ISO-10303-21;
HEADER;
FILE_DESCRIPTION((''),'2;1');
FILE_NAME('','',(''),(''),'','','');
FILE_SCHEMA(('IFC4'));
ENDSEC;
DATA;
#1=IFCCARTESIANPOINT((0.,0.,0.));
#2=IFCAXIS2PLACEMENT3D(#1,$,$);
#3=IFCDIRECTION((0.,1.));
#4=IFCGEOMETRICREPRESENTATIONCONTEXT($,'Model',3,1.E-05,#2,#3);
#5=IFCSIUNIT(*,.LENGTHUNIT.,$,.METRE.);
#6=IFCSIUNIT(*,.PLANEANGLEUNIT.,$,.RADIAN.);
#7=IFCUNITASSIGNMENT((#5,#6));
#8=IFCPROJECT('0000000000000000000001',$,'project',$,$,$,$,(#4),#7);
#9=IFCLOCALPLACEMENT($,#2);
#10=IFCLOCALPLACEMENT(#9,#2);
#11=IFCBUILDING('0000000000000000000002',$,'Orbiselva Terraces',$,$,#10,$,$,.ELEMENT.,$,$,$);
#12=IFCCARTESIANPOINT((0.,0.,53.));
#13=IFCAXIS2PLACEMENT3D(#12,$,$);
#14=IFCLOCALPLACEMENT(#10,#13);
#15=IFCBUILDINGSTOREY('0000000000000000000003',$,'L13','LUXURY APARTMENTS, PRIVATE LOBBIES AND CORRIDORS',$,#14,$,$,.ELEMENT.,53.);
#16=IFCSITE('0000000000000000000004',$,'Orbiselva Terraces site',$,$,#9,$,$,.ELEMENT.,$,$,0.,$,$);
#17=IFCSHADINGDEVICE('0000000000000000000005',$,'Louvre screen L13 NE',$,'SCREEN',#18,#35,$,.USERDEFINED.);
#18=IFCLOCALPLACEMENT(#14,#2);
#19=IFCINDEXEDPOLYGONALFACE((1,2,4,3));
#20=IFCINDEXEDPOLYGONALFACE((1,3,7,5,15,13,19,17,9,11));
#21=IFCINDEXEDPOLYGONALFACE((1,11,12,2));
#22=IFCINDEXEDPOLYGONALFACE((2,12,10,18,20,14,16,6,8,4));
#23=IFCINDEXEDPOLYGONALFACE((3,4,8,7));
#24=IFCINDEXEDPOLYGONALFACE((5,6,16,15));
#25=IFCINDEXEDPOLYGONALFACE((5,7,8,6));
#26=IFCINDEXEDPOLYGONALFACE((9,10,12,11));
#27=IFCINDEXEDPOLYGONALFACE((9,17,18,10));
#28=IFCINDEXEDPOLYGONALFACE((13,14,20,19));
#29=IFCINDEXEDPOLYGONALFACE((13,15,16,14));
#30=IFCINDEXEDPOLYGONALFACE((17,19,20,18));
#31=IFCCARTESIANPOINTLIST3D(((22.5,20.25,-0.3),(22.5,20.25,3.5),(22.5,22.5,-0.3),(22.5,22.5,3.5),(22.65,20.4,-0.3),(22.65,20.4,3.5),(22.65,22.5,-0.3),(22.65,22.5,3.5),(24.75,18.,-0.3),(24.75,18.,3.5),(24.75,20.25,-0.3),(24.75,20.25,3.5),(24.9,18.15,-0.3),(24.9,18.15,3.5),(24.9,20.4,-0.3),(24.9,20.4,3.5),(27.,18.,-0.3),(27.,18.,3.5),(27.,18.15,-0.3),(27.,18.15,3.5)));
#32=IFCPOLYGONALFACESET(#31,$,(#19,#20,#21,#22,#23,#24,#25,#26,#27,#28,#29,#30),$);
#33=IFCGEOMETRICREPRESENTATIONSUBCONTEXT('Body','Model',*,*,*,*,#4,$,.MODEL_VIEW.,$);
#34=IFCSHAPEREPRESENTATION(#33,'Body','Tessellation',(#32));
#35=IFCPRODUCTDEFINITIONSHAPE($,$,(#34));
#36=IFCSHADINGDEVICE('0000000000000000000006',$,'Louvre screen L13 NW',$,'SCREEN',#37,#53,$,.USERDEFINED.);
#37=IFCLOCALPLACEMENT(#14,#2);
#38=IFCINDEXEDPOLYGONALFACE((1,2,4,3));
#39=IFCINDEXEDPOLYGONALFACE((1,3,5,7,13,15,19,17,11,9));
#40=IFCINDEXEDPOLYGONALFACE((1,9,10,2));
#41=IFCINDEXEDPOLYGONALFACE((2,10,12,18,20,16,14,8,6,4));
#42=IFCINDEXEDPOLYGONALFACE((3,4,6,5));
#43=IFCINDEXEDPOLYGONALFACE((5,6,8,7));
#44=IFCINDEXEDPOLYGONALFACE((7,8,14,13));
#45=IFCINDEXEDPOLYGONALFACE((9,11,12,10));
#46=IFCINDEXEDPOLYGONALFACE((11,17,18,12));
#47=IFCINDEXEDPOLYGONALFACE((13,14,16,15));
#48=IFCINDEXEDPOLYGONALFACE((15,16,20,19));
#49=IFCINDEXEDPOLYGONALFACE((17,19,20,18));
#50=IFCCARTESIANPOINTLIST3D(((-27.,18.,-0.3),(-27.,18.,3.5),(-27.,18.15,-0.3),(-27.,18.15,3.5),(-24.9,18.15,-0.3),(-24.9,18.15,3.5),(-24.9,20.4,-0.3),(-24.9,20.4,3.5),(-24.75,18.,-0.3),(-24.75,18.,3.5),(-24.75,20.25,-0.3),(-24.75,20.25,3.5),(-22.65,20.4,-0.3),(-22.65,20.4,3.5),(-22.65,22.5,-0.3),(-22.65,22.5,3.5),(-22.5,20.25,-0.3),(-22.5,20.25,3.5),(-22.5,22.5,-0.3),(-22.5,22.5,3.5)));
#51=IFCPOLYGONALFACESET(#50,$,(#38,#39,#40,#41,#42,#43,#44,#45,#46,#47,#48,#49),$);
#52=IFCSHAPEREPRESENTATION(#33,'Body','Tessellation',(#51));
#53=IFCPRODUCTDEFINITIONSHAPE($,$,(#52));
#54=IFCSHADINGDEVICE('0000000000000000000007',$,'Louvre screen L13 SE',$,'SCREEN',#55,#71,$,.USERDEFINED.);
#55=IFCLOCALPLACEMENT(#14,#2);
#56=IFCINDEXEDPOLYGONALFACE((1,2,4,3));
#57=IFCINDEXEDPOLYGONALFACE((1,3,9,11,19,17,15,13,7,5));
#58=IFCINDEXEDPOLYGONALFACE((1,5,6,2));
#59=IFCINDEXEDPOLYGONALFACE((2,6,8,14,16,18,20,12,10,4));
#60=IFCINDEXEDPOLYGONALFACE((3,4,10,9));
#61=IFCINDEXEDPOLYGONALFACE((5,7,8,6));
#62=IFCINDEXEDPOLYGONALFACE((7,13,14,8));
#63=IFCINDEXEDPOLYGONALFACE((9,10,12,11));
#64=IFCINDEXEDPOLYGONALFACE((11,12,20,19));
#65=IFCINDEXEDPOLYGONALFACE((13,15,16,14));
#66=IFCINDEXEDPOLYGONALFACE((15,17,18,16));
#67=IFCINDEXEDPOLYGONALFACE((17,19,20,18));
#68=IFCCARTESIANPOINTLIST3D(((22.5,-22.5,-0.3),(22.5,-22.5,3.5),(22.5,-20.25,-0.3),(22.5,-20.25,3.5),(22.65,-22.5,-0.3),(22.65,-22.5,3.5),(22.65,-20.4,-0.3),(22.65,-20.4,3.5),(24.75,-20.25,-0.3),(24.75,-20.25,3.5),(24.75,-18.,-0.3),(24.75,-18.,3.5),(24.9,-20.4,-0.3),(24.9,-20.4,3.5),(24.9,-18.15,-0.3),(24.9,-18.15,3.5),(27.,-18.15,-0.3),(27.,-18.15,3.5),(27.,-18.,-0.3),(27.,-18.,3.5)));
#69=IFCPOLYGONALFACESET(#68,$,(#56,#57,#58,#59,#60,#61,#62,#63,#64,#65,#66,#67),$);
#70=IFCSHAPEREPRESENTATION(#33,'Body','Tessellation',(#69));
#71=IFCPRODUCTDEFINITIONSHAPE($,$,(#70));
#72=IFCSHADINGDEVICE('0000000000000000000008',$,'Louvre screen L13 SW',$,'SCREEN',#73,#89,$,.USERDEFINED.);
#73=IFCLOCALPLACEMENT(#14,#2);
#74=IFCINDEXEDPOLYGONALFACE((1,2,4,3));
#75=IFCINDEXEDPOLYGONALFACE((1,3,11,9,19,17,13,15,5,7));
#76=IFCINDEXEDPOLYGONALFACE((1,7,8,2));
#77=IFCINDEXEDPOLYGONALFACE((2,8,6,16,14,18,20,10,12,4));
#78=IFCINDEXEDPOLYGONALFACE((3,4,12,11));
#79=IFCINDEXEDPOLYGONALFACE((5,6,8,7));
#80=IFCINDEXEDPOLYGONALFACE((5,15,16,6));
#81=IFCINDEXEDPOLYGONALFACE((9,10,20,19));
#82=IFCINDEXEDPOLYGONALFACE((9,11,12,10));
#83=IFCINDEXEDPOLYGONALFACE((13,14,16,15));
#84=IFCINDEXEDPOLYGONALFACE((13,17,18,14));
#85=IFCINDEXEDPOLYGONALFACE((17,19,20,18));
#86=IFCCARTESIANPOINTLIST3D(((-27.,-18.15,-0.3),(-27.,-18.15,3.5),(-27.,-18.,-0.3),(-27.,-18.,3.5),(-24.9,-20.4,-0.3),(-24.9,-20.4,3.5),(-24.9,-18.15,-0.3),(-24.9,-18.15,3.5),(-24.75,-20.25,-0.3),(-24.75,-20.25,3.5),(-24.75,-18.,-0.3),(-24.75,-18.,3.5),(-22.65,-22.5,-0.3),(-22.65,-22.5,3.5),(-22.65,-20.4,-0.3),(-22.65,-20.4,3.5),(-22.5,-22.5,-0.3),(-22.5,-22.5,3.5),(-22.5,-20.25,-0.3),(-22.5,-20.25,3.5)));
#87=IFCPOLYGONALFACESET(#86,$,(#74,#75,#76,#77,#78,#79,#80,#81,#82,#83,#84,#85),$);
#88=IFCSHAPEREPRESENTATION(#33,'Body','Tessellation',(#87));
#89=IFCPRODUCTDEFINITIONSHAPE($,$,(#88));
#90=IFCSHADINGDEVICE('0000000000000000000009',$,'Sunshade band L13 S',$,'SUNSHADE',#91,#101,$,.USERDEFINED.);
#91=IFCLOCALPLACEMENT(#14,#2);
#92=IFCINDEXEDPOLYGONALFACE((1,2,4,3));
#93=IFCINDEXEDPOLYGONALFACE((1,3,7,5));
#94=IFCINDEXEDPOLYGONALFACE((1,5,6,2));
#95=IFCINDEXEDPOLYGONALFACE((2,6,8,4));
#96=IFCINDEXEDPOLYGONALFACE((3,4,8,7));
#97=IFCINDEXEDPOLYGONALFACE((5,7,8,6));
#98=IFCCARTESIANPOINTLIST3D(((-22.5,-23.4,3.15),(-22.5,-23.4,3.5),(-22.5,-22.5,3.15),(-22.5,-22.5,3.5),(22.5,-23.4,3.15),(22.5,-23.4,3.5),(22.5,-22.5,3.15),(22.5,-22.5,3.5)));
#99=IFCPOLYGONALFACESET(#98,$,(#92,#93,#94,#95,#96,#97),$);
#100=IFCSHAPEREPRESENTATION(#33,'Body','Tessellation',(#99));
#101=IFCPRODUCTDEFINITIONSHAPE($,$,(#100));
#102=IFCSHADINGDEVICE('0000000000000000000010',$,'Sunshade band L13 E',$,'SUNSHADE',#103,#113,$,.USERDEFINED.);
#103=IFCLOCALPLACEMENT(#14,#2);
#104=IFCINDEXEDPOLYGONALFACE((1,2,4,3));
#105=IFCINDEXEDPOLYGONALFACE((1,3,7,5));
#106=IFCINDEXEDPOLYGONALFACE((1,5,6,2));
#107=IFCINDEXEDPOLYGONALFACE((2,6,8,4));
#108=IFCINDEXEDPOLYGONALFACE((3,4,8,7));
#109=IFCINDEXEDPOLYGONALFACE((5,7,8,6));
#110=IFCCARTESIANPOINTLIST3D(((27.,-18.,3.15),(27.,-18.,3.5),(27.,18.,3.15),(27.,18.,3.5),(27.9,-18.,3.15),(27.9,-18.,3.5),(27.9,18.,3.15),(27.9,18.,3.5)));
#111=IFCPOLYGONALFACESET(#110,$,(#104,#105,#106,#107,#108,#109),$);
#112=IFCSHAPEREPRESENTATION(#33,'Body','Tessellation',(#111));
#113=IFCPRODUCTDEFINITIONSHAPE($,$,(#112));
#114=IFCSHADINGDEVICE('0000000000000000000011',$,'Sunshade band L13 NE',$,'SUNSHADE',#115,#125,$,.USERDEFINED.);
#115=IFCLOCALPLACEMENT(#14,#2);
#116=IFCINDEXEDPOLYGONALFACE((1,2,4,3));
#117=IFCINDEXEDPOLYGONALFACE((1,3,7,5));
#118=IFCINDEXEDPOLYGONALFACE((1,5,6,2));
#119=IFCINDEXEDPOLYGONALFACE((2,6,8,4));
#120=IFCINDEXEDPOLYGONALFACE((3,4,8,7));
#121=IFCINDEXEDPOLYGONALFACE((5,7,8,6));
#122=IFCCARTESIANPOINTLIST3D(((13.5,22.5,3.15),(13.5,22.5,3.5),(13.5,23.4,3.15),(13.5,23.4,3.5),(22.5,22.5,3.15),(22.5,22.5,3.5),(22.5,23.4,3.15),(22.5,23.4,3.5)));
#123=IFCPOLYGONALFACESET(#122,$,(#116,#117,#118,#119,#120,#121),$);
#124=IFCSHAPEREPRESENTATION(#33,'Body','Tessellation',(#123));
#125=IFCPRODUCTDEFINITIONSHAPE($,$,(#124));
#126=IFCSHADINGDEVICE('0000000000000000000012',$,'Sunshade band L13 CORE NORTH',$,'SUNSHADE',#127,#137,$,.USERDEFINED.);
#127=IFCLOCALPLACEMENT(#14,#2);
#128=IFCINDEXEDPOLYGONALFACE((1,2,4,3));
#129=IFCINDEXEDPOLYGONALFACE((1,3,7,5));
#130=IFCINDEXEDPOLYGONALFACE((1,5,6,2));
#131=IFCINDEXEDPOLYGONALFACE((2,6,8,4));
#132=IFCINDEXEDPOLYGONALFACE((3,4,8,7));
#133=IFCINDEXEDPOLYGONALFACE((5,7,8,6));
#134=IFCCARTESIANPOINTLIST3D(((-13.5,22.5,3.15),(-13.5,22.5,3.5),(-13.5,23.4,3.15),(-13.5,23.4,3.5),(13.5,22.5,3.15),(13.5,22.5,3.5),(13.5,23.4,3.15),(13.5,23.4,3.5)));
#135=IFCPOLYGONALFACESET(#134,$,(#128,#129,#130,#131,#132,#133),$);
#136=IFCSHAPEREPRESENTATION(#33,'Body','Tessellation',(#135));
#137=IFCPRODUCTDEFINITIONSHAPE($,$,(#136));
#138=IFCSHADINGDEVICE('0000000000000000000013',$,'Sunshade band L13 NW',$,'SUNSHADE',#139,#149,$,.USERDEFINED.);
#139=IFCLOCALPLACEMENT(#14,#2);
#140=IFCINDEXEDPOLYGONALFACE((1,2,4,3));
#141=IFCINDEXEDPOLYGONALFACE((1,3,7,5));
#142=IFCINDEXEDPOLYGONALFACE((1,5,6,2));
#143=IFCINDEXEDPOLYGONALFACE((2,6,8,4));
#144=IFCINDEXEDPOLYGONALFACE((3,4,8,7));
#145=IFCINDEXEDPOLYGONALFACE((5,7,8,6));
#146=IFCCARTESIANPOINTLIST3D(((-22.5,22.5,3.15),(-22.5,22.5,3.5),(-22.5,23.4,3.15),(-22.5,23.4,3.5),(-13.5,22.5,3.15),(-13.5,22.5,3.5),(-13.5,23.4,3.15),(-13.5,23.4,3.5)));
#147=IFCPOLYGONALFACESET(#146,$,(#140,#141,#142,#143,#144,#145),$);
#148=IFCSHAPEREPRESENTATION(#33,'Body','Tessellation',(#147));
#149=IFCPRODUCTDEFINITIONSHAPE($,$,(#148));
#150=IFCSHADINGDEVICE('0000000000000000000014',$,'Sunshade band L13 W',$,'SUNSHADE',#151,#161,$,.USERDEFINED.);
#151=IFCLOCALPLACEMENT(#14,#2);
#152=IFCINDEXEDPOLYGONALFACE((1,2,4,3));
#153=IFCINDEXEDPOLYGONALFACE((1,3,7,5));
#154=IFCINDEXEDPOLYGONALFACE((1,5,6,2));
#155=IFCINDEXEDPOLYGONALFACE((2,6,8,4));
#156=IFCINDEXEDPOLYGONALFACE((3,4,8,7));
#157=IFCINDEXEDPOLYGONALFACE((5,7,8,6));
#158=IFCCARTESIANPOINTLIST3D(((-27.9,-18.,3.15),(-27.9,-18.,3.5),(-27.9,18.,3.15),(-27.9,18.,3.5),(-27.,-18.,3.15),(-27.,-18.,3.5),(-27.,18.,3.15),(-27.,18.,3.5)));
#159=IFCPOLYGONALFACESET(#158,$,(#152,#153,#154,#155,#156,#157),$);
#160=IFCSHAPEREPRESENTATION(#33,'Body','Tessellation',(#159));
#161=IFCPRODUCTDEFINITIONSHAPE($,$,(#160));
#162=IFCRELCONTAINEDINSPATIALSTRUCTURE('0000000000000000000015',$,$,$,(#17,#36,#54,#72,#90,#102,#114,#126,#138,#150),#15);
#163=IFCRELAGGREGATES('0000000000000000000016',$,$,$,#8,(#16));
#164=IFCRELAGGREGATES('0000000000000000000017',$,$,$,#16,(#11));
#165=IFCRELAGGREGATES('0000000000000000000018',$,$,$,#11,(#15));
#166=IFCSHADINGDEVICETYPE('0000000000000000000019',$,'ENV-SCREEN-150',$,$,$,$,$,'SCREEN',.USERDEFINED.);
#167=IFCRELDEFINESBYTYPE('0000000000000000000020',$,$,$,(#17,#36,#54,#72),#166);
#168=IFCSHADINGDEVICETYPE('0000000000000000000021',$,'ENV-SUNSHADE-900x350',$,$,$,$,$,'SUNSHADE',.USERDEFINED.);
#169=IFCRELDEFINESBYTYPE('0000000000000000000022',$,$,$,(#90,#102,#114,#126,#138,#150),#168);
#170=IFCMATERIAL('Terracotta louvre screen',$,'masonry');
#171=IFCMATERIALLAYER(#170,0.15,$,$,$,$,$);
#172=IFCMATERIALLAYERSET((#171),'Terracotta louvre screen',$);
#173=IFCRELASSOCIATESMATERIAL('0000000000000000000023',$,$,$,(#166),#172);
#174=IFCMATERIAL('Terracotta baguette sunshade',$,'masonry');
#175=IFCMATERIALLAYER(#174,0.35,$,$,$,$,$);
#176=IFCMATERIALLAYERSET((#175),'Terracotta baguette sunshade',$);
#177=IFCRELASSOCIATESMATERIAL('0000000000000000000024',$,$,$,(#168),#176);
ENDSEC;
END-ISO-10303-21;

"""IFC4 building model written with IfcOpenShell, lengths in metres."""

from ifc_helpers import new_model, si_unit, direction, frame, origin, place, context, subcontext, project, spatial, polyline, outline, extrude, material, layer, layer_set, type_object, element, save


model = new_model("IFC4")

# Units and contexts
model_context = context("Model", 3, precision=1e-05, world=origin(), true_north=direction((0.0, 1.0)))
body_context = subcontext(model_context, "Body", "Model", "MODEL_VIEW")
ifc_project = project(units=[si_unit("LENGTHUNIT", "METRE"), si_unit("PLANEANGLEUNIT", "RADIAN")], contexts=[model_context])

# Site, building, storey
site_placement = place(None, origin())
site = spatial("IfcSite", under=ifc_project, at=site_placement, Name="Orbiselva Terraces site", CompositionType="ELEMENT", RefElevation=0.0)
building_placement = place(site_placement, origin())
building = spatial("IfcBuilding", under=site, at=building_placement, Name="Orbiselva Terraces", CompositionType="ELEMENT")
storey_placement = place(building_placement, frame((0.0, 0.0, 53.0)))
storey = spatial("IfcBuildingStorey", under=building, at=storey_placement, Name="L13", Description="LUXURY APARTMENTS, PRIVATE LOBBIES AND CORRIDORS", CompositionType="ELEMENT", Elevation=53.0)

# Shading devices
ifc_material_1 = material(Name="Terracotta louvre screen", Category="masonry")
ifc_layer_1 = layer(ifc_material_1, 0.15)
ifc_layer_set_1 = layer_set([ifc_layer_1], Name="Terracotta louvre screen")
shading_device_type_1 = type_object("IfcShadingDeviceType", Name="ENV-SCREEN-150", ElementType="SCREEN", PredefinedType="USERDEFINED", material=ifc_layer_set_1)
shading_device_1_placement = place(storey_placement, frame((0.0, 0.0, -0.3)))
element("IfcShadingDevice", 1, at=shading_device_1_placement, inside=storey, type_object=shading_device_type_1, Name="Louvre screen L13 NE", ObjectType="SCREEN", PredefinedType="USERDEFINED", context=body_context, shape_type="SweptSolid", body=[
    extrude(outline(polyline([(27.0, 18.15), (24.9, 18.15), (24.9, 20.4), (22.65, 20.4), (22.65, 22.5), (22.5, 22.5), (22.5, 20.25), (24.75, 20.25), (24.75, 18.0), (27.0, 18.0), (27.0, 18.15)])), origin(), (0.0, 0.0, 1.0), 3.8),
])
shading_device_2_placement = place(storey_placement, frame((0.0, 0.0, -0.3)))
element("IfcShadingDevice", 2, at=shading_device_2_placement, inside=storey, type_object=shading_device_type_1, Name="Louvre screen L13 NW", ObjectType="SCREEN", PredefinedType="USERDEFINED", context=body_context, shape_type="SweptSolid", body=[
    extrude(outline(polyline([(-22.65, 22.5), (-22.65, 20.4), (-24.9, 20.4), (-24.9, 18.15), (-27.0, 18.15), (-27.0, 18.0), (-24.75, 18.0), (-24.75, 20.25), (-22.5, 20.25), (-22.5, 22.5), (-22.65, 22.5)])), origin(), (0.0, 0.0, 1.0), 3.8),
])
shading_device_3_placement = place(storey_placement, frame((0.0, 0.0, -0.3)))
element("IfcShadingDevice", 3, at=shading_device_3_placement, inside=storey, type_object=shading_device_type_1, Name="Louvre screen L13 SE", ObjectType="SCREEN", PredefinedType="USERDEFINED", context=body_context, shape_type="SweptSolid", body=[
    extrude(outline(polyline([(22.65, -22.5), (22.65, -20.4), (24.9, -20.4), (24.9, -18.15), (27.0, -18.15), (27.0, -18.0), (24.75, -18.0), (24.75, -20.25), (22.5, -20.25), (22.5, -22.5), (22.65, -22.5)])), origin(), (0.0, 0.0, 1.0), 3.8),
])
shading_device_4_placement = place(storey_placement, frame((0.0, 0.0, -0.3)))
element("IfcShadingDevice", 4, at=shading_device_4_placement, inside=storey, type_object=shading_device_type_1, Name="Louvre screen L13 SW", ObjectType="SCREEN", PredefinedType="USERDEFINED", context=body_context, shape_type="SweptSolid", body=[
    extrude(outline(polyline([(-27.0, -18.15), (-24.9, -18.15), (-24.9, -20.4), (-22.65, -20.4), (-22.65, -22.5), (-22.5, -22.5), (-22.5, -20.25), (-24.75, -20.25), (-24.75, -18.0), (-27.0, -18.0), (-27.0, -18.15)])), origin(), (0.0, 0.0, 1.0), 3.8),
])
ifc_material_2 = material(Name="Terracotta baguette sunshade", Category="masonry")
ifc_layer_2 = layer(ifc_material_2, 0.35)
ifc_layer_set_2 = layer_set([ifc_layer_2], Name="Terracotta baguette sunshade")
shading_device_type_2 = type_object("IfcShadingDeviceType", Name="ENV-SUNSHADE-900x350", ElementType="SUNSHADE", PredefinedType="USERDEFINED", material=ifc_layer_set_2)
shading_device_5_placement = place(storey_placement, frame((0.0, 0.0, 3.15)))
element("IfcShadingDevice", 5, at=shading_device_5_placement, inside=storey, type_object=shading_device_type_2, Name="Sunshade band L13 S", ObjectType="SUNSHADE", PredefinedType="USERDEFINED", context=body_context, shape_type="SweptSolid", body=[
    extrude(outline(polyline([(-22.5, -23.4), (22.5, -23.4), (22.5, -22.5), (-22.5, -22.5), (-22.5, -23.4)])), origin(), (0.0, 0.0, 1.0), 0.35),
])
shading_device_6_placement = place(storey_placement, frame((0.0, 0.0, 3.15)))
element("IfcShadingDevice", 6, at=shading_device_6_placement, inside=storey, type_object=shading_device_type_2, Name="Sunshade band L13 E", ObjectType="SUNSHADE", PredefinedType="USERDEFINED", context=body_context, shape_type="SweptSolid", body=[
    extrude(outline(polyline([(27.9, -18.0), (27.9, 18.0), (27.0, 18.0), (27.0, -18.0), (27.9, -18.0)])), origin(), (0.0, 0.0, 1.0), 0.35),
])
shading_device_7_placement = place(storey_placement, frame((0.0, 0.0, 3.15)))
element("IfcShadingDevice", 7, at=shading_device_7_placement, inside=storey, type_object=shading_device_type_2, Name="Sunshade band L13 NE", ObjectType="SUNSHADE", PredefinedType="USERDEFINED", context=body_context, shape_type="SweptSolid", body=[
    extrude(outline(polyline([(22.5, 23.4), (13.5, 23.4), (13.5, 22.5), (22.5, 22.5), (22.5, 23.4)])), origin(), (0.0, 0.0, 1.0), 0.35),
])
shading_device_8_placement = place(storey_placement, frame((0.0, 0.0, 3.15)))
element("IfcShadingDevice", 8, at=shading_device_8_placement, inside=storey, type_object=shading_device_type_2, Name="Sunshade band L13 CORE NORTH", ObjectType="SUNSHADE", PredefinedType="USERDEFINED", context=body_context, shape_type="SweptSolid", body=[
    extrude(outline(polyline([(13.5, 23.4), (-13.5, 23.4), (-13.5, 22.5), (13.5, 22.5), (13.5, 23.4)])), origin(), (0.0, 0.0, 1.0), 0.35),
])
shading_device_9_placement = place(storey_placement, frame((0.0, 0.0, 3.15)))
element("IfcShadingDevice", 9, at=shading_device_9_placement, inside=storey, type_object=shading_device_type_2, Name="Sunshade band L13 NW", ObjectType="SUNSHADE", PredefinedType="USERDEFINED", context=body_context, shape_type="SweptSolid", body=[
    extrude(outline(polyline([(-13.5, 23.4), (-22.5, 23.4), (-22.5, 22.5), (-13.5, 22.5), (-13.5, 23.4)])), origin(), (0.0, 0.0, 1.0), 0.35),
])
shading_device_10_placement = place(storey_placement, frame((0.0, 0.0, 3.15)))
element("IfcShadingDevice", 10, at=shading_device_10_placement, inside=storey, type_object=shading_device_type_2, Name="Sunshade band L13 W", ObjectType="SUNSHADE", PredefinedType="USERDEFINED", context=body_context, shape_type="SweptSolid", body=[
    extrude(outline(polyline([(-27.9, 18.0), (-27.9, -18.0), (-27.0, -18.0), (-27.0, 18.0), (-27.9, 18.0)])), origin(), (0.0, 0.0, 1.0), 0.35),
])

save(model, "model.ifc")
